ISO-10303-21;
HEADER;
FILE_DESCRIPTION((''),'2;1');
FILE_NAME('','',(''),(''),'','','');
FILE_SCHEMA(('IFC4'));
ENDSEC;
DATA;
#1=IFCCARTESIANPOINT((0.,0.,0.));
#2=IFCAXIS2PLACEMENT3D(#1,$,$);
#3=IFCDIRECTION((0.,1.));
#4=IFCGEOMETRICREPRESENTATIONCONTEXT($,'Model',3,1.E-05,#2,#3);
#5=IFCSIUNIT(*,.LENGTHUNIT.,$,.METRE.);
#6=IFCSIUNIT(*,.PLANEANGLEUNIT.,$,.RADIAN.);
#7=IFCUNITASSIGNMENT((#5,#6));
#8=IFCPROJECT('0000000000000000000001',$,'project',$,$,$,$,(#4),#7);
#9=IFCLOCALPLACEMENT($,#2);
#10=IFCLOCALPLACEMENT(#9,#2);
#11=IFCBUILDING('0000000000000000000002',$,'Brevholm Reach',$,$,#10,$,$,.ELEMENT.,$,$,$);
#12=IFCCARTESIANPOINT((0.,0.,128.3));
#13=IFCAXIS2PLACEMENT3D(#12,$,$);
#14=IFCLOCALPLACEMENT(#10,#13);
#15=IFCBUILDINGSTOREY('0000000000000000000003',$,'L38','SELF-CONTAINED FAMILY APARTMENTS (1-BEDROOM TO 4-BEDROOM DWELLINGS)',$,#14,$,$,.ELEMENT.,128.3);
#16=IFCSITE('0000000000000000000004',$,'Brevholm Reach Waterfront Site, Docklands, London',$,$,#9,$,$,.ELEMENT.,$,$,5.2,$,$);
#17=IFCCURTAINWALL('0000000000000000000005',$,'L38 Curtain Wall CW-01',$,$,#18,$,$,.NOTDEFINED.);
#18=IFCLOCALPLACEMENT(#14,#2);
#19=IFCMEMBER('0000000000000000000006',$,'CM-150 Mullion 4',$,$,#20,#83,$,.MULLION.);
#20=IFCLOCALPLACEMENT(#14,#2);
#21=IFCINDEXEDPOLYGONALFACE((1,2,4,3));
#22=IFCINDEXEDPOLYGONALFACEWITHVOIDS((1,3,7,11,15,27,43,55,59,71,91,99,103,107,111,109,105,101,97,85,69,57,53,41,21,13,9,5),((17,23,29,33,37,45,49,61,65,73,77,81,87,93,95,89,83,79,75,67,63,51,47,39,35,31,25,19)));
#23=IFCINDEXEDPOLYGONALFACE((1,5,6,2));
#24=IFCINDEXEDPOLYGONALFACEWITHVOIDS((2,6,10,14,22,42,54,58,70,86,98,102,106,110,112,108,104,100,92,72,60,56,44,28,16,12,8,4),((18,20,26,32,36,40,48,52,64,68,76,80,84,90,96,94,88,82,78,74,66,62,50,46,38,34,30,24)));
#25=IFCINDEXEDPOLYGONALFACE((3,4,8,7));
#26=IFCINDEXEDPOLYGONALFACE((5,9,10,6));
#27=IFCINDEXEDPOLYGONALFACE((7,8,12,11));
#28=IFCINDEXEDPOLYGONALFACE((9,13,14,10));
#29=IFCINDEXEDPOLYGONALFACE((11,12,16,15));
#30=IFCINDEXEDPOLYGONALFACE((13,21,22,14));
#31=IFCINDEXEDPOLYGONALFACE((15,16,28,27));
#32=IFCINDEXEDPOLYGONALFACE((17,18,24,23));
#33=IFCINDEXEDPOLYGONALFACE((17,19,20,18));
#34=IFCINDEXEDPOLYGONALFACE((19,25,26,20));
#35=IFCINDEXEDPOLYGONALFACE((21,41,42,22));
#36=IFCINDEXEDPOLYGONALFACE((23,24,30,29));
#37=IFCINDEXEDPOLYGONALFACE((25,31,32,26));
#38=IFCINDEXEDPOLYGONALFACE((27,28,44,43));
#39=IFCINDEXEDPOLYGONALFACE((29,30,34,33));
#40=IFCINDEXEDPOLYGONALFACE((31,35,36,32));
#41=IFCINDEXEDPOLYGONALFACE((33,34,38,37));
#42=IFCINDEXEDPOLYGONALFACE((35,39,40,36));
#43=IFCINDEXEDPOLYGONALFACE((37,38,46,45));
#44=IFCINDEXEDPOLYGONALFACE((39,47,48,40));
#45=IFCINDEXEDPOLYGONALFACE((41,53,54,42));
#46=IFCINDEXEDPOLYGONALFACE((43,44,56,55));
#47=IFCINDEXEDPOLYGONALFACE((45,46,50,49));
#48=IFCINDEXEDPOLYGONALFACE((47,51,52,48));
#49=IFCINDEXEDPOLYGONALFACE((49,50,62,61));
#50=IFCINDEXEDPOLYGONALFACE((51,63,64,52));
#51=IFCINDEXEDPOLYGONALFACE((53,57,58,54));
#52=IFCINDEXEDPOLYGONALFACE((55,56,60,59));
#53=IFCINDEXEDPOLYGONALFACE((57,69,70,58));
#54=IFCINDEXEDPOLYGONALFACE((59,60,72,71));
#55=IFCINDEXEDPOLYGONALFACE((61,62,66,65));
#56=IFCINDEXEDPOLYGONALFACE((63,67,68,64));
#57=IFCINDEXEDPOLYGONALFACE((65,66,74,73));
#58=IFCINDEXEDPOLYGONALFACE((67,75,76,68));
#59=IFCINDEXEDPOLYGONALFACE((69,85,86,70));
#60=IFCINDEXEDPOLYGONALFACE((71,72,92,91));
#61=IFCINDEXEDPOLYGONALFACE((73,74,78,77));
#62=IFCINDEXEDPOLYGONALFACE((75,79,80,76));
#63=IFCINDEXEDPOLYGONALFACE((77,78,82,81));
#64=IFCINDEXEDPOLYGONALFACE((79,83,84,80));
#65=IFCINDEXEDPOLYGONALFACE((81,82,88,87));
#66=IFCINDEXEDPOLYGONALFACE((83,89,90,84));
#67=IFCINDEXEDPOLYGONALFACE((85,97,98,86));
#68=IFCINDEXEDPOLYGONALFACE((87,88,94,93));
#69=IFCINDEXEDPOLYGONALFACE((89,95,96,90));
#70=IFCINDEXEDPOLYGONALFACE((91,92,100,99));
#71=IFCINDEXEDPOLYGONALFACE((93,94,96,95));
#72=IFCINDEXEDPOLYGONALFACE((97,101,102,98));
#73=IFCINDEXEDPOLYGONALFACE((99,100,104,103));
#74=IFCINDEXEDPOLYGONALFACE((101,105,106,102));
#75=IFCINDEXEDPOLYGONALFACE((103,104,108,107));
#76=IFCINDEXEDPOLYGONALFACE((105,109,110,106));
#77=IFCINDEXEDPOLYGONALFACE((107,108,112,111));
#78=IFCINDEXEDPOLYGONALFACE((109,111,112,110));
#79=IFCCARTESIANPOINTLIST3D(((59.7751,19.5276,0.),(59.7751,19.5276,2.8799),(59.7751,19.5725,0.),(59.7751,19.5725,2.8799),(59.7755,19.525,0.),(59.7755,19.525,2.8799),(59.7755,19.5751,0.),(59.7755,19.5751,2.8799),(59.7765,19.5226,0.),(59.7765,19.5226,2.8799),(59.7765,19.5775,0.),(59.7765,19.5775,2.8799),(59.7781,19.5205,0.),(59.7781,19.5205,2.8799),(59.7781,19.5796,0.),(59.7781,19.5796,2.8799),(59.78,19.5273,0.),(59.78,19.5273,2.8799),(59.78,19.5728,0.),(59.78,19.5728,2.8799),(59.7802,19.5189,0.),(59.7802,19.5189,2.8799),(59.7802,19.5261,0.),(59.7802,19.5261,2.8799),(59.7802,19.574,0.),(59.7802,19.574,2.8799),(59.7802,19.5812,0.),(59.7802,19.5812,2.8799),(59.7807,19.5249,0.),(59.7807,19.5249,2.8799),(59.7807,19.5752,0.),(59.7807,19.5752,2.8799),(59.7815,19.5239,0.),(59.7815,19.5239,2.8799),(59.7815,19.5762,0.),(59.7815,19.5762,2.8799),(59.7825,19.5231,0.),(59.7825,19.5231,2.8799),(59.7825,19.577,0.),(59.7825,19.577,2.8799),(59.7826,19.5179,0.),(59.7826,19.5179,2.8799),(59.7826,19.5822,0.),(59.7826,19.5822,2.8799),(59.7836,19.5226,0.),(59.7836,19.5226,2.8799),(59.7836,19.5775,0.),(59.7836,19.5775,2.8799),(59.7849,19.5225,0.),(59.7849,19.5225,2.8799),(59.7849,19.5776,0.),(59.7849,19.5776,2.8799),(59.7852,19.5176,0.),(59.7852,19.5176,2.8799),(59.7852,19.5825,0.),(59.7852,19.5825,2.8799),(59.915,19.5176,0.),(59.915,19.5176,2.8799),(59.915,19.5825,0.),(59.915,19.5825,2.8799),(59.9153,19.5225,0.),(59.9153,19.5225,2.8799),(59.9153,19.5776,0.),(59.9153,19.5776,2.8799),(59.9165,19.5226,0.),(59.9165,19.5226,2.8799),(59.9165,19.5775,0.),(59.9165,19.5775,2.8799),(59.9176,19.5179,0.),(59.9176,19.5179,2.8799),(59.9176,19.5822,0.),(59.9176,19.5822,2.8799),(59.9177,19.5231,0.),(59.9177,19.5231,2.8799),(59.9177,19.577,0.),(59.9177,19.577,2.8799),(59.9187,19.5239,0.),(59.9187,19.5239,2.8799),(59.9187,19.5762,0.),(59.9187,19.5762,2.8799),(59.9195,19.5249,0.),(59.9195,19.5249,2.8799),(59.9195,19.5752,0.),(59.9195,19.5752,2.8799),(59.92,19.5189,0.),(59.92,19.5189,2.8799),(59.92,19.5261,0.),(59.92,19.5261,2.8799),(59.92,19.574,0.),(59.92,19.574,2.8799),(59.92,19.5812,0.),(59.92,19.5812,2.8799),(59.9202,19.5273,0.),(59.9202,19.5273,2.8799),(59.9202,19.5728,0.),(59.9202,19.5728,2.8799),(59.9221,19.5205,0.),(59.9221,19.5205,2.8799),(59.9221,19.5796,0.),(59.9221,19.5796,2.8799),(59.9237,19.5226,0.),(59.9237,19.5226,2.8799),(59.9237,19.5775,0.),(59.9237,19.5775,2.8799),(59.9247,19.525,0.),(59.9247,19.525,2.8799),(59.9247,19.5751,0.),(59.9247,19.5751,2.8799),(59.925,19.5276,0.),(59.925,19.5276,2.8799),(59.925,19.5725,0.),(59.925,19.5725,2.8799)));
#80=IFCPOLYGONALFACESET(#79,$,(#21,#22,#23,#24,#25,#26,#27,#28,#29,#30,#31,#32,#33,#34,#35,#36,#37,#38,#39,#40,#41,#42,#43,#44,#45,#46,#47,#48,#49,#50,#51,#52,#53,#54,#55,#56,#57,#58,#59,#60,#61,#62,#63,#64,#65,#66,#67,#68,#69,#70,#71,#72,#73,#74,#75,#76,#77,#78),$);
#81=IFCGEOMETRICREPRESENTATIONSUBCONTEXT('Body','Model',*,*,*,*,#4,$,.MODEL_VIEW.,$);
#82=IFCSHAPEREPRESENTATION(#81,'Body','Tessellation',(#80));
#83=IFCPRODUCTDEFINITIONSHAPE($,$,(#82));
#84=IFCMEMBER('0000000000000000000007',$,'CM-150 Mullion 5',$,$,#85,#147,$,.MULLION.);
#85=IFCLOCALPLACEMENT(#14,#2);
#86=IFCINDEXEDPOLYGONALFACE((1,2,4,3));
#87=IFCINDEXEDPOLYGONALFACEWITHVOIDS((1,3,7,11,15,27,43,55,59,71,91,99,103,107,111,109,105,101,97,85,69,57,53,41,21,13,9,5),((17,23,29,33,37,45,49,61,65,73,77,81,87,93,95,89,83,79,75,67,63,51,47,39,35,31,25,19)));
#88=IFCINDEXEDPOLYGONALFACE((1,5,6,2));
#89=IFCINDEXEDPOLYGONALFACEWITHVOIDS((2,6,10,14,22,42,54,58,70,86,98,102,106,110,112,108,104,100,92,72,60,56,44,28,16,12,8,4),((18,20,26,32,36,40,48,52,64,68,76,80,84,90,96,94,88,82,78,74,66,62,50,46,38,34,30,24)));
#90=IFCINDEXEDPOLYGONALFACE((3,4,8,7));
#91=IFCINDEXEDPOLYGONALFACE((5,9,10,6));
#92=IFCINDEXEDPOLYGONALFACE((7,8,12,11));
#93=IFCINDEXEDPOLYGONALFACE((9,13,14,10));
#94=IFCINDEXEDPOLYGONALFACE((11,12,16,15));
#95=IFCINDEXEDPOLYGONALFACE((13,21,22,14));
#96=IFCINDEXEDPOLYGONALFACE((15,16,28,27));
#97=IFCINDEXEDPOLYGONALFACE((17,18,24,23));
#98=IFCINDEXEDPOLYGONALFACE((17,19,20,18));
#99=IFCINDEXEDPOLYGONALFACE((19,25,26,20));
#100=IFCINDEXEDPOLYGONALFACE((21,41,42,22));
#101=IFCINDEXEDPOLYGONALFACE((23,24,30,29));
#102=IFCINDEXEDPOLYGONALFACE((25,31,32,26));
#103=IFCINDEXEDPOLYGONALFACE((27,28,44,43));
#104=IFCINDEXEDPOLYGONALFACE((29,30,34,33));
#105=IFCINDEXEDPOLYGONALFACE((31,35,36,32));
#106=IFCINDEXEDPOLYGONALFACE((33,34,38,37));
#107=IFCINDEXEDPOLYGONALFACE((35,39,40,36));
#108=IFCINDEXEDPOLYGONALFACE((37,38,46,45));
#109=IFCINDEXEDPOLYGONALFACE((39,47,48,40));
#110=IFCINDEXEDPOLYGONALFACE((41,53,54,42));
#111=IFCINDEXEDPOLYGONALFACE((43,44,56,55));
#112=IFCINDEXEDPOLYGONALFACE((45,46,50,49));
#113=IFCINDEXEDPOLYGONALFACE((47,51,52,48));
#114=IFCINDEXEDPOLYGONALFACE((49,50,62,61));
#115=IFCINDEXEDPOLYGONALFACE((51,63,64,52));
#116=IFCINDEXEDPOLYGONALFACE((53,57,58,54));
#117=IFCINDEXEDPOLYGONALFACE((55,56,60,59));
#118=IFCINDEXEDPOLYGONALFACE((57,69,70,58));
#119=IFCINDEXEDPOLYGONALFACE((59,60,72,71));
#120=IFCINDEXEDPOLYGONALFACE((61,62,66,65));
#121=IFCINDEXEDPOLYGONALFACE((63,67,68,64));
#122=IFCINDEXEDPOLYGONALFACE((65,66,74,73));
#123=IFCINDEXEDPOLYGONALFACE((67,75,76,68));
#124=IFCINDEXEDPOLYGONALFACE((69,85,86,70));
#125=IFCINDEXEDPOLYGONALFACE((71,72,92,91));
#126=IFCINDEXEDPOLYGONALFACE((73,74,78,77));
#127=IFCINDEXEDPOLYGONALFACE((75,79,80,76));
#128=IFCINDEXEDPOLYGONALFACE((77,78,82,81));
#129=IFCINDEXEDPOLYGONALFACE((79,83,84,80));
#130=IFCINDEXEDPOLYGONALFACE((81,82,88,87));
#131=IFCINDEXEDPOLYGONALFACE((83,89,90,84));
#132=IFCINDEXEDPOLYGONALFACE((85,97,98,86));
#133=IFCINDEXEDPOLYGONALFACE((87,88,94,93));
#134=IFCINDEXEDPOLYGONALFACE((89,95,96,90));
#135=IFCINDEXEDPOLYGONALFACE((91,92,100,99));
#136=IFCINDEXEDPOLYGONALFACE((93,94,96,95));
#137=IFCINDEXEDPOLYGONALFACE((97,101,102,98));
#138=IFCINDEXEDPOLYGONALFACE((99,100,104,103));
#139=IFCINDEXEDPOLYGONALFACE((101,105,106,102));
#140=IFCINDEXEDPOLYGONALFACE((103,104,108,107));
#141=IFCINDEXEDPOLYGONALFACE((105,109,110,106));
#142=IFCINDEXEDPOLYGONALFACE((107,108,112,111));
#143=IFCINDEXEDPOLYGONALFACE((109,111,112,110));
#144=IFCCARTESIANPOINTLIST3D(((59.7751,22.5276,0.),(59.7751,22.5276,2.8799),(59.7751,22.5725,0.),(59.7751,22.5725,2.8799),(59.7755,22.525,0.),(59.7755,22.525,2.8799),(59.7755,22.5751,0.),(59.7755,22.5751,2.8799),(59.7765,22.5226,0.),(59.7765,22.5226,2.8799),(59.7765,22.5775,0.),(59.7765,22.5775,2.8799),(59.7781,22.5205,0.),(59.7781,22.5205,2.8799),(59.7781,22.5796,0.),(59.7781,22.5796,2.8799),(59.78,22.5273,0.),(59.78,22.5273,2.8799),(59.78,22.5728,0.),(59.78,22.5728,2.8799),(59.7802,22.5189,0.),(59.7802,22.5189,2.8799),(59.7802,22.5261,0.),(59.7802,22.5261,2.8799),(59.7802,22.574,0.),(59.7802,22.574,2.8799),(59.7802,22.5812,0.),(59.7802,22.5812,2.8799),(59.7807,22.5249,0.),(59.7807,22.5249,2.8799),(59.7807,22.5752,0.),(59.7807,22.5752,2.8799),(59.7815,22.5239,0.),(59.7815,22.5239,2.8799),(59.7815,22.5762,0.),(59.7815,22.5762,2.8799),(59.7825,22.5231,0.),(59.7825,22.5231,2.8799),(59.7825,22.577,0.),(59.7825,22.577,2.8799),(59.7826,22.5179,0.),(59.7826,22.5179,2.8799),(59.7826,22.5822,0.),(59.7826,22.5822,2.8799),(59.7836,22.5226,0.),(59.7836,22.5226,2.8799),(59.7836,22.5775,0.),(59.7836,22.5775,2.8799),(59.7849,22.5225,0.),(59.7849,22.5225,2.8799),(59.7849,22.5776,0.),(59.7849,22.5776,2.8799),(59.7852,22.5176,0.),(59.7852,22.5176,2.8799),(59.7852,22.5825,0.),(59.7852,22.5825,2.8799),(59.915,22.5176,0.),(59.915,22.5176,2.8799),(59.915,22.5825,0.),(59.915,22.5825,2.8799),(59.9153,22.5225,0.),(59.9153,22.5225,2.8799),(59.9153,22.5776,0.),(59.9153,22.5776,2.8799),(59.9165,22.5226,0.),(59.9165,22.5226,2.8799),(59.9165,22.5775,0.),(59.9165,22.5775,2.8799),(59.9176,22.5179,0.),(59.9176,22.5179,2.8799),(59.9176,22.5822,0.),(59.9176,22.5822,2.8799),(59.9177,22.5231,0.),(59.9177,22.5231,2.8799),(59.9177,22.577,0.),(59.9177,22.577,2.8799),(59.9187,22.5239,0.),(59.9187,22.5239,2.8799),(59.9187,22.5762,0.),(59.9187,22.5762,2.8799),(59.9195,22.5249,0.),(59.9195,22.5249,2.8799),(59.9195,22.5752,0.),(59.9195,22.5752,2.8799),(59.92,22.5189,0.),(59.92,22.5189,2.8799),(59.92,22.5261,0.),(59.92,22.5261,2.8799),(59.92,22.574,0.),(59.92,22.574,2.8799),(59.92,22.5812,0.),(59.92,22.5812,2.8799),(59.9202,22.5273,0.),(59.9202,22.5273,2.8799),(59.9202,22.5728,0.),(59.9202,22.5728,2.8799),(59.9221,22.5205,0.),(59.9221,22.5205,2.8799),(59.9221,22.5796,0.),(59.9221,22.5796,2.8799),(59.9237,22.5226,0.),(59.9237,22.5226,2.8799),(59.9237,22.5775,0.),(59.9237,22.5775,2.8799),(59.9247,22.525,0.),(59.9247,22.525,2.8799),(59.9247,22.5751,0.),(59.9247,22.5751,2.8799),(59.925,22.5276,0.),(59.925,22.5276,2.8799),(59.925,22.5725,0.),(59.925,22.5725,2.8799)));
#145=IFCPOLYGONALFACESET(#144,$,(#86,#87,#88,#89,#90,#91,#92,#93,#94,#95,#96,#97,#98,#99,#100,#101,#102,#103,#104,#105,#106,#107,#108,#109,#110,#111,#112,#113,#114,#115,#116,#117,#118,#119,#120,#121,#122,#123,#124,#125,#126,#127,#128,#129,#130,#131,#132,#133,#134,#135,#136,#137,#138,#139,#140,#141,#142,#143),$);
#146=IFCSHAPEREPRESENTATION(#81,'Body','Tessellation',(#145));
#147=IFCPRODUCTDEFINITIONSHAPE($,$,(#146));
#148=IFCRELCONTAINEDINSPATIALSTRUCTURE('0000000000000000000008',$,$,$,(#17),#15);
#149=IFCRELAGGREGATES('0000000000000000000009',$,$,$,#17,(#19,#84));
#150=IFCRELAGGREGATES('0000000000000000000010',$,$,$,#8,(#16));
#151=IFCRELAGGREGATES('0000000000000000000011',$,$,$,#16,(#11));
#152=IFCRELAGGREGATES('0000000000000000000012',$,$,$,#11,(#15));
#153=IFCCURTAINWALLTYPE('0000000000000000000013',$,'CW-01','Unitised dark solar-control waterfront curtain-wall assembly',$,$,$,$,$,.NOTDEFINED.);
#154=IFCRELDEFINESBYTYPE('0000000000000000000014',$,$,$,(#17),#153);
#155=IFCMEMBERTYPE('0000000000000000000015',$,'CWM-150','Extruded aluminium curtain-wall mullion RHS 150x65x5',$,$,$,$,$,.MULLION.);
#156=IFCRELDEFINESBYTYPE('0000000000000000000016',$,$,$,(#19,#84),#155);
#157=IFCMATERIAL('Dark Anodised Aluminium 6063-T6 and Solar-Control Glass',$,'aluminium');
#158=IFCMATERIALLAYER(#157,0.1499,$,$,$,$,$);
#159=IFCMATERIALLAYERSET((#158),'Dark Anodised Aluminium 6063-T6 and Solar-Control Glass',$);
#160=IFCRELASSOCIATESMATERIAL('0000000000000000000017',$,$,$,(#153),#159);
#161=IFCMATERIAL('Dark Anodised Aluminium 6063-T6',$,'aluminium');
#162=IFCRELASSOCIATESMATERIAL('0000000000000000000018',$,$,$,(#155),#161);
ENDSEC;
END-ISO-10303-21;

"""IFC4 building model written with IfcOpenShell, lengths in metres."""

from ifc_helpers import new_model, si_unit, direction, frame, origin, origin_2d, place, context, subcontext, project, spatial, hollow_rectangle, extrude, material, layer, layer_set, material_profile, profile_set, type_object, element, aggregate, save


model = new_model("IFC4")

# Units and contexts
model_context = context("Model", 3, precision=1e-05, world=origin(), true_north=direction((0.0, 1.0)))
body_context = subcontext(model_context, "Body", "Model", "MODEL_VIEW")
ifc_project = project(units=[si_unit("LENGTHUNIT", "METRE"), si_unit("PLANEANGLEUNIT", "RADIAN")], contexts=[model_context])

# Site, building, storey
site_placement = place(None, origin())
site = spatial("IfcSite", under=ifc_project, at=site_placement, Name="Brevholm Reach Waterfront Site, Docklands, London", CompositionType="ELEMENT", RefElevation=5.2)
building_placement = place(site_placement, origin())
building = spatial("IfcBuilding", under=site, at=building_placement, Name="Brevholm Reach", CompositionType="ELEMENT")
storey_placement = place(building_placement, frame((0.0, 0.0, 128.3)))
storey = spatial("IfcBuildingStorey", under=building, at=storey_placement, Name="L38", Description="SELF-CONTAINED FAMILY APARTMENTS (1-BEDROOM TO 4-BEDROOM DWELLINGS)", CompositionType="ELEMENT", Elevation=128.3)

# Curtain wall, members
ifc_material_1 = material(Name="Dark Anodised Aluminium 6063-T6 and Solar-Control Glass", Category="aluminium")
ifc_layer_1 = layer(ifc_material_1, 0.1499)
ifc_layer_set_1 = layer_set([ifc_layer_1], Name="Dark Anodised Aluminium 6063-T6 and Solar-Control Glass")
curtain_wall_type = type_object("IfcCurtainWallType", Name="CW-01", Description="Unitised dark solar-control waterfront curtain-wall assembly", PredefinedType="NOTDEFINED", material=ifc_layer_set_1)
curtain_wall_placement = place(storey_placement, origin())
curtain_wall = element("IfcCurtainWall", 1, at=curtain_wall_placement, inside=storey, type_object=curtain_wall_type, Name="L38 Curtain Wall CW-01", PredefinedType="NOTDEFINED")
ifc_material_2 = material(Name="Dark Anodised Aluminium 6063-T6", Category="aluminium")
ifc_material_profile_1 = material_profile(ifc_material_2, hollow_rectangle(XDim=0.0649, YDim=0.1499, WallThickness=0.0049, InnerFilletRadius=0.0049, OuterFilletRadius=0.01, at=origin_2d()), Name="RHS 150x65x5")
ifc_profile_set_1 = profile_set([ifc_material_profile_1], Name="Dark Anodised Aluminium 6063-T6")
member_type_1 = type_object("IfcMemberType", Name="CWM-150", Description="Extruded aluminium curtain-wall mullion RHS 150x65x5", PredefinedType="MULLION", material=ifc_profile_set_1)
member_1_placement = place(storey_placement, frame((59.8501, 19.55, 0.0), z_axis=(0.0, 0.0, 1.0), x_axis=(0.0, 1.0, 0.0)))
member_1 = element("IfcMember", 2, at=member_1_placement, type_object=member_type_1, Name="CM-150 Mullion 4", PredefinedType="MULLION", context=body_context, shape_type="SweptSolid", body=[
    extrude(hollow_rectangle(XDim=0.0649, YDim=0.1499, WallThickness=0.0049, InnerFilletRadius=0.0049, OuterFilletRadius=0.01, at=origin_2d()), origin(), (0.0, 0.0, 1.0), 2.8799),
])
member_2_placement = place(storey_placement, frame((59.8501, 22.55, 0.0), z_axis=(0.0, 0.0, 1.0), x_axis=(0.0, 1.0, 0.0)))
member_2 = element("IfcMember", 3, at=member_2_placement, type_object=member_type_1, Name="CM-150 Mullion 5", PredefinedType="MULLION", context=body_context, shape_type="SweptSolid", body=[
    extrude(hollow_rectangle(XDim=0.0649, YDim=0.1499, WallThickness=0.0049, InnerFilletRadius=0.0049, OuterFilletRadius=0.01, at=origin_2d()), origin(), (0.0, 0.0, 1.0), 2.8799),
])
aggregate(curtain_wall, [member_1, member_2])

save(model, "model.ifc")
